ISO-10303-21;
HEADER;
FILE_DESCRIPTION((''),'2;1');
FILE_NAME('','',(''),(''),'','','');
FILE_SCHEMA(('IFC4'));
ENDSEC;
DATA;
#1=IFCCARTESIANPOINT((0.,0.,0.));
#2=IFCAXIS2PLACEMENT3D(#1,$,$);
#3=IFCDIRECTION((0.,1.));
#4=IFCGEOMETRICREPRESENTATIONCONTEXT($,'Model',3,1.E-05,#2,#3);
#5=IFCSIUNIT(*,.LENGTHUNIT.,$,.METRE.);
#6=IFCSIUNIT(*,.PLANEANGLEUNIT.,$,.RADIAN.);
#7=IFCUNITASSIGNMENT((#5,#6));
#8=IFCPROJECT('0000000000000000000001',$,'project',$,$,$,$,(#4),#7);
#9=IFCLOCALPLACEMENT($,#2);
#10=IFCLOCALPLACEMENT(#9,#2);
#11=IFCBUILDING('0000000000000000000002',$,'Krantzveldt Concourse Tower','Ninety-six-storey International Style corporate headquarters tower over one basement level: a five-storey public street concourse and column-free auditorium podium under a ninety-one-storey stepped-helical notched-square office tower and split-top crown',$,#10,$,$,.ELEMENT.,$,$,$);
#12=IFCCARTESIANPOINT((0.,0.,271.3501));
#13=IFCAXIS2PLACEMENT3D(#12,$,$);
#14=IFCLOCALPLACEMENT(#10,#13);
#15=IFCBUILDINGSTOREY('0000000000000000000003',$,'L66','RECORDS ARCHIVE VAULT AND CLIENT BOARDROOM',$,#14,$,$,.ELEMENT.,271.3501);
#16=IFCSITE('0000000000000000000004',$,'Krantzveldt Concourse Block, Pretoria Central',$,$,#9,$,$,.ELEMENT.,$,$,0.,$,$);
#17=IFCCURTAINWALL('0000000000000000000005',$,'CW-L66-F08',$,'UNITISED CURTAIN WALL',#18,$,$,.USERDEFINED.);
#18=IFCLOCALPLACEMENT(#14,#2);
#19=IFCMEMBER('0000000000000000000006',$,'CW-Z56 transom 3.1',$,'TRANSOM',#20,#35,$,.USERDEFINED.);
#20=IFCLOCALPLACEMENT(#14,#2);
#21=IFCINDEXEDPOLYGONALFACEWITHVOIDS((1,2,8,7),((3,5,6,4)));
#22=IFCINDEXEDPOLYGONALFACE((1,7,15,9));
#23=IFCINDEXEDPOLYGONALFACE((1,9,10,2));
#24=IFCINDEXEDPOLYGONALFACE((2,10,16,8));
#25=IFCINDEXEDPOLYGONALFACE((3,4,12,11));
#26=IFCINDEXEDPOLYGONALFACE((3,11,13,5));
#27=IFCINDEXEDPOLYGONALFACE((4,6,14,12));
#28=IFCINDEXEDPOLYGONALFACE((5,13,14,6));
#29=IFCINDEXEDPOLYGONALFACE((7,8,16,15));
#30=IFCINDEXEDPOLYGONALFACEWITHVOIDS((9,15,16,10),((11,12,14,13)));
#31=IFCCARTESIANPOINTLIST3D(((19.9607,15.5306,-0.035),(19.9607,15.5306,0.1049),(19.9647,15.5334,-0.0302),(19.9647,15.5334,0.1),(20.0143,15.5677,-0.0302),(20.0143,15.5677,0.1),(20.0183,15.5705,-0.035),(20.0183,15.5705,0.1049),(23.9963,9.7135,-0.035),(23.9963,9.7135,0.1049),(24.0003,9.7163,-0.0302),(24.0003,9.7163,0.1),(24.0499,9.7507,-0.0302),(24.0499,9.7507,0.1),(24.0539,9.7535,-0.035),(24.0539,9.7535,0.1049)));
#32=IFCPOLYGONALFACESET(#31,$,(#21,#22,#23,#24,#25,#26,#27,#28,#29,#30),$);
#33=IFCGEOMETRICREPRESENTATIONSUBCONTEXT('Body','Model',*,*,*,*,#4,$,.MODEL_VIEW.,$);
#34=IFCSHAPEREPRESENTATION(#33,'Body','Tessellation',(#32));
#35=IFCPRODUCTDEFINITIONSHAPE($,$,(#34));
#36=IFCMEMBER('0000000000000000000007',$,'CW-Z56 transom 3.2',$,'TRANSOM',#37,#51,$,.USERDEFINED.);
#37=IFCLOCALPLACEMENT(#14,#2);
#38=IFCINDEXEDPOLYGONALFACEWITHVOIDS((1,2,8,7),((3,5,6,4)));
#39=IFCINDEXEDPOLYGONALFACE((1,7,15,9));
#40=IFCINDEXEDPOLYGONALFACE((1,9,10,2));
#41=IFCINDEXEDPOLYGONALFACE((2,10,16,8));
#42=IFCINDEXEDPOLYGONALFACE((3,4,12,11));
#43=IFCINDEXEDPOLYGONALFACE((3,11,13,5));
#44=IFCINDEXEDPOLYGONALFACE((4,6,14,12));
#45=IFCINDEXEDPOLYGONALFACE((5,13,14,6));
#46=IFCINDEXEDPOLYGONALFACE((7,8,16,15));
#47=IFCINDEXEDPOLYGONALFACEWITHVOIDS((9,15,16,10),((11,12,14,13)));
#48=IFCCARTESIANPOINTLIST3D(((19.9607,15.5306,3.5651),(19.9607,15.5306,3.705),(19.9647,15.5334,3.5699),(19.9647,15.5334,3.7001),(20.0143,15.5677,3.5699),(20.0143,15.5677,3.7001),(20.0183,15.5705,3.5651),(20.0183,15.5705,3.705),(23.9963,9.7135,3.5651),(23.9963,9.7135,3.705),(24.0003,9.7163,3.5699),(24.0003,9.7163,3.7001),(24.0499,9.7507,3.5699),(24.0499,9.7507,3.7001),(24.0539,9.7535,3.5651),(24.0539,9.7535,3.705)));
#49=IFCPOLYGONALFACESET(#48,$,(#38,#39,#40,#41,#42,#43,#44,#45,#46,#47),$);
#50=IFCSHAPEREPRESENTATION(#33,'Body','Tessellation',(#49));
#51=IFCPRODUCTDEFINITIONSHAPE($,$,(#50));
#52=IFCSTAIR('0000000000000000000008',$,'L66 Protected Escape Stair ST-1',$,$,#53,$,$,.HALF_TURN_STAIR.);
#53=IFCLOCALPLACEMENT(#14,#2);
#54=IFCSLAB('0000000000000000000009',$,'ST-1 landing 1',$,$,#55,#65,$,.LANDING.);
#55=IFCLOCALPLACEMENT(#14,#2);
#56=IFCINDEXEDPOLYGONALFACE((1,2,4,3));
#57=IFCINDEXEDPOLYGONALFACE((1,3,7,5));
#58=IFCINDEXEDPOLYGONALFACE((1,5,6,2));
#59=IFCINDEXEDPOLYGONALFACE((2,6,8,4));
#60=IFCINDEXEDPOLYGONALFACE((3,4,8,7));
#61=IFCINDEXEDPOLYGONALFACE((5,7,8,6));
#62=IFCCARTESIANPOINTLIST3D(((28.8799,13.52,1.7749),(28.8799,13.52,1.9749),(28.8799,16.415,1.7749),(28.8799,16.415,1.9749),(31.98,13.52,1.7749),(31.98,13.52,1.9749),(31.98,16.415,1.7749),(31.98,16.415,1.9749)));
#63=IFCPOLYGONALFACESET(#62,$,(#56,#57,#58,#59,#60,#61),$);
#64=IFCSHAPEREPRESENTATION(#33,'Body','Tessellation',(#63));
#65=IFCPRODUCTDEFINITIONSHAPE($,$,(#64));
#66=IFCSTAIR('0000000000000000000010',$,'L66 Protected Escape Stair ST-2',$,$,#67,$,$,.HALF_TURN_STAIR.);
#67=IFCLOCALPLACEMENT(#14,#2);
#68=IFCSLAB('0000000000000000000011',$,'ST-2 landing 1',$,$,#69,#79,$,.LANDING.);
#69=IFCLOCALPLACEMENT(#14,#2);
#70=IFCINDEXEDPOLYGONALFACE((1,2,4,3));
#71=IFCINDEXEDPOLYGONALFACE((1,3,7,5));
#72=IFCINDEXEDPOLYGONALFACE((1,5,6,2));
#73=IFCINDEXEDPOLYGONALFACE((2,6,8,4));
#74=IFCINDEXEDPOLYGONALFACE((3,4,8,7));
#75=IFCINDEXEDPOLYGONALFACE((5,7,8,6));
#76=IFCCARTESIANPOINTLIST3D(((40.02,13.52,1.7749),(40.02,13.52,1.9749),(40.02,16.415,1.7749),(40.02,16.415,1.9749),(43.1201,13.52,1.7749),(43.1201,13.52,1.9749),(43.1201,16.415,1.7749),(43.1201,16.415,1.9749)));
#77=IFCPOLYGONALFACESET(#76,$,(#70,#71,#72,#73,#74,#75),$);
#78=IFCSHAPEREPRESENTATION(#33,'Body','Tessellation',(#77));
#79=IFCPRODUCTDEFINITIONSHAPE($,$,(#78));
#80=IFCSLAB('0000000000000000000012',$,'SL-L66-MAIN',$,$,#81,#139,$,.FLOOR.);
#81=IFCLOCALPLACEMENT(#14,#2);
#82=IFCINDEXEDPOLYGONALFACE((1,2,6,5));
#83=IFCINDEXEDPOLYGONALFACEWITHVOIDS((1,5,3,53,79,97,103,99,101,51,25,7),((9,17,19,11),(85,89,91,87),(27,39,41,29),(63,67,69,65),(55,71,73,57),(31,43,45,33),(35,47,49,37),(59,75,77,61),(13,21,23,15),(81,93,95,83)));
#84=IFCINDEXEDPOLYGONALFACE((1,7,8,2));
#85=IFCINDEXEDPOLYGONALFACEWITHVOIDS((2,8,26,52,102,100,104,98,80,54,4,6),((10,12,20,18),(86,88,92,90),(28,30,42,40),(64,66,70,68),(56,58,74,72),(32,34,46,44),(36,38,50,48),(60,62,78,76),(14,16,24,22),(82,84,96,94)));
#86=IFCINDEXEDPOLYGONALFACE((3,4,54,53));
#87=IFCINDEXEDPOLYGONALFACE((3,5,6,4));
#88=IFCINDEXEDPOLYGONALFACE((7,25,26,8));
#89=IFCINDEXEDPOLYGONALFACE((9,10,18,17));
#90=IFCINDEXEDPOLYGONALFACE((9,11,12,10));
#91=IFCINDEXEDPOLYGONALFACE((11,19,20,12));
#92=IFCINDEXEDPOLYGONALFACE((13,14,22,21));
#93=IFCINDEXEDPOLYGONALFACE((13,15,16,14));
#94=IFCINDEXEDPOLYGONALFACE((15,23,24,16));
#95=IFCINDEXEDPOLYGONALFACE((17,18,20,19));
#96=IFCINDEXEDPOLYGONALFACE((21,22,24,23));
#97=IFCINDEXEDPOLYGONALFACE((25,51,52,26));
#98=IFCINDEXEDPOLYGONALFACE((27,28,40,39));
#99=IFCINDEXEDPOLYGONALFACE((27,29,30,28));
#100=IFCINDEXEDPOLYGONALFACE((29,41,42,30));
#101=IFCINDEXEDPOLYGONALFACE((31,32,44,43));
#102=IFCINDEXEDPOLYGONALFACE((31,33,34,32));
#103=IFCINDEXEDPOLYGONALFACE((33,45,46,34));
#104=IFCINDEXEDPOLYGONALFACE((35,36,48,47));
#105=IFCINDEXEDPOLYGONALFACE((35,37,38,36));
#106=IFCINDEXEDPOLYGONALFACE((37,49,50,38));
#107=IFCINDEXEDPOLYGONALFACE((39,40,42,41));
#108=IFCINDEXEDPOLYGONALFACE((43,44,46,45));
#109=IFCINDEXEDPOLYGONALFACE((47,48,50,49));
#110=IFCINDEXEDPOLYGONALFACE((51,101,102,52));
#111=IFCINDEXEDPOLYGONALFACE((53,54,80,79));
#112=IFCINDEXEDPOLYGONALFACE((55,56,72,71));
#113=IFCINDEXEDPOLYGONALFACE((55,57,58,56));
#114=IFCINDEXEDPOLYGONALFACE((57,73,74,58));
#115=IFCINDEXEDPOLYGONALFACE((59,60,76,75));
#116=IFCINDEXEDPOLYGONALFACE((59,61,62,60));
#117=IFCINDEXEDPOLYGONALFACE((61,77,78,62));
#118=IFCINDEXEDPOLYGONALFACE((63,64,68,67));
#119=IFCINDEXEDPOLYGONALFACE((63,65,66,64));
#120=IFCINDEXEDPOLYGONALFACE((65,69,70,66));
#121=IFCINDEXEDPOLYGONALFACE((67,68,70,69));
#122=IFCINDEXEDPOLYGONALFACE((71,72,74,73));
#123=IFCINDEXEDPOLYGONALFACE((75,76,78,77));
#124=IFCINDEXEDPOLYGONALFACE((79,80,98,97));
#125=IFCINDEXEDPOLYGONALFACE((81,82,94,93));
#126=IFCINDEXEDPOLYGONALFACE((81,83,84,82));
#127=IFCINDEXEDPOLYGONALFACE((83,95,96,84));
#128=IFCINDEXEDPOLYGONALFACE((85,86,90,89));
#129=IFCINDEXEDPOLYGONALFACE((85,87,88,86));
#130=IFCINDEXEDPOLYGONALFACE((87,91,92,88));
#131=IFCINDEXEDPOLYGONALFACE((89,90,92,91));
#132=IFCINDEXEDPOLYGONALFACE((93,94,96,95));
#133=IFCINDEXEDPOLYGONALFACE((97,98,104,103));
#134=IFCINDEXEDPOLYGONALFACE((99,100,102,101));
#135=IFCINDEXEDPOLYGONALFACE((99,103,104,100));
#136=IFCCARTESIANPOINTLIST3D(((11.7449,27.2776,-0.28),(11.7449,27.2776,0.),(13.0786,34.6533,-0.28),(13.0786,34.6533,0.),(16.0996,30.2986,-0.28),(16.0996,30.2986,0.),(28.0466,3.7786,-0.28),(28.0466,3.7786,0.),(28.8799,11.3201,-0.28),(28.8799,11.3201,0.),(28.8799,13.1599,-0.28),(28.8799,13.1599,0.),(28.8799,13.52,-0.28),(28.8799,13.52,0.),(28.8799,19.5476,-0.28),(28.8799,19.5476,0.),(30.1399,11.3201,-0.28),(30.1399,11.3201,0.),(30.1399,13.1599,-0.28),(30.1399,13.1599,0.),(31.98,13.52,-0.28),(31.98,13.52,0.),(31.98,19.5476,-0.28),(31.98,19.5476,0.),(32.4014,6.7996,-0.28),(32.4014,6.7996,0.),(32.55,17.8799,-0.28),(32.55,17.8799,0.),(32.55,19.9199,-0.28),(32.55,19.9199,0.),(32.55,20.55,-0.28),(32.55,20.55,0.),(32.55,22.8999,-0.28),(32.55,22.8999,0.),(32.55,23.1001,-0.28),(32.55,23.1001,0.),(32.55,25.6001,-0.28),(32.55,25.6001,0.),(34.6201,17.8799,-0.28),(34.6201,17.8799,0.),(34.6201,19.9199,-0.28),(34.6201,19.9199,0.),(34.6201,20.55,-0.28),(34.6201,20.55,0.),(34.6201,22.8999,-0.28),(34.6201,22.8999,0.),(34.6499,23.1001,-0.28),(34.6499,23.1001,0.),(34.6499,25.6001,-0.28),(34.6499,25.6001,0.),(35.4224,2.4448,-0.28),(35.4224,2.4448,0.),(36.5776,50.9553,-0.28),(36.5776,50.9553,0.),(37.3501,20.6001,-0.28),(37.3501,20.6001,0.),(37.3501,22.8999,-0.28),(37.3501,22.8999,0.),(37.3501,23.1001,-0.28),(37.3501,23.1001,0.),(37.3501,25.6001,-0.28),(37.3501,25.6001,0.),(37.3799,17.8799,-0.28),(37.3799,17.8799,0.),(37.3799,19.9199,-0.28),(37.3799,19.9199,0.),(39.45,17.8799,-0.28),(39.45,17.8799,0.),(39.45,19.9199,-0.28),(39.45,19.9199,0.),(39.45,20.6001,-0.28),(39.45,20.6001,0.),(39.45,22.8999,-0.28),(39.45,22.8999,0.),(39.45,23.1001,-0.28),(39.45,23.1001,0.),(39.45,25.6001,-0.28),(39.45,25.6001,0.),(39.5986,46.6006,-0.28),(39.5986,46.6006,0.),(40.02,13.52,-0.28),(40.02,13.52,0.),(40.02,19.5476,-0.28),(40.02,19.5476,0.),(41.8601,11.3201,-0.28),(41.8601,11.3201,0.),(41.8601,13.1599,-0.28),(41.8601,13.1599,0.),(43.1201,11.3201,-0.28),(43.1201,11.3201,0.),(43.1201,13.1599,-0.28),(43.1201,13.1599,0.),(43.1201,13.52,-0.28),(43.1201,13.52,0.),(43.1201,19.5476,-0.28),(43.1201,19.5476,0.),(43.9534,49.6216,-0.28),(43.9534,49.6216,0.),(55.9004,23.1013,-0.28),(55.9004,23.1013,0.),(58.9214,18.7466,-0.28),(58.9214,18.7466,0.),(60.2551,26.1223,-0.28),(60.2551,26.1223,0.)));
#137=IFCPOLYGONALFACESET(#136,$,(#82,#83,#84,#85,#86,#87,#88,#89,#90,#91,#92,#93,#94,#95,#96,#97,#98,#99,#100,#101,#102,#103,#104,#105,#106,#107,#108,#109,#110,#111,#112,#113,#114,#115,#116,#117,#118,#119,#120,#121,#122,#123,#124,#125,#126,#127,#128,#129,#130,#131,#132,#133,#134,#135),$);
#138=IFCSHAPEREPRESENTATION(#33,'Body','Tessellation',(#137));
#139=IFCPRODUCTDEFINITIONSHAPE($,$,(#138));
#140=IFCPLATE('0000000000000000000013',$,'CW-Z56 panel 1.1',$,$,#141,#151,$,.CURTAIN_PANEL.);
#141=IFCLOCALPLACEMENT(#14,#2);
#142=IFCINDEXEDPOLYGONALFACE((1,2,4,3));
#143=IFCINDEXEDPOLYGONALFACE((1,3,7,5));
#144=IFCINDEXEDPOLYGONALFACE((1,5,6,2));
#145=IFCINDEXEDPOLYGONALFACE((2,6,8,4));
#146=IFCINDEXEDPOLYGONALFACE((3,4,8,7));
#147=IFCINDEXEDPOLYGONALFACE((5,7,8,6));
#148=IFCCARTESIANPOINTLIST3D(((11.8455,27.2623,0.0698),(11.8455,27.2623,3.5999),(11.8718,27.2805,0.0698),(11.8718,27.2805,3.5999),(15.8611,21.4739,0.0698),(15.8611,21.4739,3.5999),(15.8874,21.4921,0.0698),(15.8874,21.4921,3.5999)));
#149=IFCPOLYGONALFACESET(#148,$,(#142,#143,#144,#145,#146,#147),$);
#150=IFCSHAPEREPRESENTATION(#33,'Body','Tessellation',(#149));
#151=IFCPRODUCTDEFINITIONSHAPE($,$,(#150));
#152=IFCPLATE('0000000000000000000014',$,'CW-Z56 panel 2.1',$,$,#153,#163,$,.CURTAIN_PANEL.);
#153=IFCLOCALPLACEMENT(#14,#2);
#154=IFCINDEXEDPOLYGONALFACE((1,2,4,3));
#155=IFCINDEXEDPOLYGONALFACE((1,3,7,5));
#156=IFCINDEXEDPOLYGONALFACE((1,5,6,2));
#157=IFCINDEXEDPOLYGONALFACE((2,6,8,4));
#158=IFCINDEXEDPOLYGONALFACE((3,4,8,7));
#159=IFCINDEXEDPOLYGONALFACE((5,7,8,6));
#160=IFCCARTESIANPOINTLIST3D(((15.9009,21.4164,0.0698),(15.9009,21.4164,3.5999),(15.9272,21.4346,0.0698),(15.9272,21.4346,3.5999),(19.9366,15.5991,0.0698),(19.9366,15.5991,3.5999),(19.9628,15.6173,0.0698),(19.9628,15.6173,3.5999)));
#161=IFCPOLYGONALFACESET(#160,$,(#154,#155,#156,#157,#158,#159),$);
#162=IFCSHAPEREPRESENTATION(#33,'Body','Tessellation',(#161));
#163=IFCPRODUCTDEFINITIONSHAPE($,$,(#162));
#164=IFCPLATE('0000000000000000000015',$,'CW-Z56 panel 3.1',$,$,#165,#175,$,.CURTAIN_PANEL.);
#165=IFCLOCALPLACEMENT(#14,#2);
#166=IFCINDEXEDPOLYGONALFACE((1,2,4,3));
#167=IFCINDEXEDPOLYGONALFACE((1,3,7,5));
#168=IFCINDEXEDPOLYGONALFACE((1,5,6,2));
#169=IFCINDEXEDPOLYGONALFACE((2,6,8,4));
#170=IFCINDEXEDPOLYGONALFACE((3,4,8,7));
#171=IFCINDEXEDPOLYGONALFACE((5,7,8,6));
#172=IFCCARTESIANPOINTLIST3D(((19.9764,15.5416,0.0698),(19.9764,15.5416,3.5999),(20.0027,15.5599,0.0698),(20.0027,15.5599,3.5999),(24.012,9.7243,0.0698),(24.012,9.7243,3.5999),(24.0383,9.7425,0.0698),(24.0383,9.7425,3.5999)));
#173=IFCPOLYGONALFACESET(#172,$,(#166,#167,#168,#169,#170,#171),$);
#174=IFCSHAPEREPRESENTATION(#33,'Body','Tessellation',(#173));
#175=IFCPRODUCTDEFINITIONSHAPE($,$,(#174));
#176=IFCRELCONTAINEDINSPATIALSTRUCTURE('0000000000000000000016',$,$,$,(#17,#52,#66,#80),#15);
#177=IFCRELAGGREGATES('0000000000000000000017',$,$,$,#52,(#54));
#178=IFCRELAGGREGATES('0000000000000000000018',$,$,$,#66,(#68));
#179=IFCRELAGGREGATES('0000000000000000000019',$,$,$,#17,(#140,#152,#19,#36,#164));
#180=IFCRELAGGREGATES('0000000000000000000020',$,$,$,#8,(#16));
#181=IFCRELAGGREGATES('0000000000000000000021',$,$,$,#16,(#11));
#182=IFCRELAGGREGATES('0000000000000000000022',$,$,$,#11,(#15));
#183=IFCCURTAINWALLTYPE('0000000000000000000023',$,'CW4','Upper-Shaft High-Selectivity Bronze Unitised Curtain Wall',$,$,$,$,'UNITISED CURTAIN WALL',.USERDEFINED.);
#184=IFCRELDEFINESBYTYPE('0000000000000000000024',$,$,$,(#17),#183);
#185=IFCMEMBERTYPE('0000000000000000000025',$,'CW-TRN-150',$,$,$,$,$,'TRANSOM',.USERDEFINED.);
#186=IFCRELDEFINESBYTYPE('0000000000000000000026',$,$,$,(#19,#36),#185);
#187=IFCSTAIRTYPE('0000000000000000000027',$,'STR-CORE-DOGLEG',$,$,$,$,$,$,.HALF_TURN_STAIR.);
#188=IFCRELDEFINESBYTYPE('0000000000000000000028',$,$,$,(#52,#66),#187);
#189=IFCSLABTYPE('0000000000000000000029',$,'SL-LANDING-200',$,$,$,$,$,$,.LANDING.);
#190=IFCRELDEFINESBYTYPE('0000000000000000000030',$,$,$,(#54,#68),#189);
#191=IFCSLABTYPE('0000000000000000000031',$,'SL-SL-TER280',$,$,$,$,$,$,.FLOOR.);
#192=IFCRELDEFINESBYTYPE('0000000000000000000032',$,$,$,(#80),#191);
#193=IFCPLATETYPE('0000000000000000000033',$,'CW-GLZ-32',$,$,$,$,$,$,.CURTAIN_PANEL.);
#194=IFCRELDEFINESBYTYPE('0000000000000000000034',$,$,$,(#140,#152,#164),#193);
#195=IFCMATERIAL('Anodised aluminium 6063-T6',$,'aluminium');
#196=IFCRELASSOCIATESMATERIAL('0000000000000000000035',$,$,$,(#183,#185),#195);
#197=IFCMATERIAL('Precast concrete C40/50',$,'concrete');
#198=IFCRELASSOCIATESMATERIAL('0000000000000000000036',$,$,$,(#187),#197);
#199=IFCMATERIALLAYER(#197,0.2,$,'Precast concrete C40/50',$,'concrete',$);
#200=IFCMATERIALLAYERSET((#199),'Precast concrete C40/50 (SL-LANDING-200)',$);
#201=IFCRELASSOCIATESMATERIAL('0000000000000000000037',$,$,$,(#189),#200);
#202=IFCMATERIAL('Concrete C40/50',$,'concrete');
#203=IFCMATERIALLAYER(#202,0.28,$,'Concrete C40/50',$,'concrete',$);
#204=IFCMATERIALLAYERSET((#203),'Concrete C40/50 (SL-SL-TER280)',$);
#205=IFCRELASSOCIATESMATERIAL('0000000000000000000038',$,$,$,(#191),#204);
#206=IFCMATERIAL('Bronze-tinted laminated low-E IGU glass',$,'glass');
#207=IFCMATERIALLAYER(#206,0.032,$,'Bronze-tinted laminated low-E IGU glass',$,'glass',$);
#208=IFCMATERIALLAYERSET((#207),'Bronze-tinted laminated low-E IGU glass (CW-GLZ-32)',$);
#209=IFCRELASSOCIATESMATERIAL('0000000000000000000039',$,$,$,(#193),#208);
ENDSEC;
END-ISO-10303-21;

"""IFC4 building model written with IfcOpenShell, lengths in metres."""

from ifc_helpers import new_model, si_unit, direction, frame, origin, origin_2d, place, context, subcontext, project, spatial, polyline, rectangle, hollow_rectangle, outline, extrude, source, transform, mapped, material, layer, layer_set, material_profile, profile_set, type_object, type_shapes, element, aggregate, save


model = new_model("IFC4")

# Units and contexts
model_context = context("Model", 3, precision=1e-05, world=origin(), true_north=direction((0.0, 1.0)))
body_context = subcontext(model_context, "Body", "Model", "MODEL_VIEW")
ifc_project = project(units=[si_unit("LENGTHUNIT", "METRE"), si_unit("PLANEANGLEUNIT", "RADIAN")], contexts=[model_context])

# Site, building, storey
site_placement = place(None, origin())
site = spatial("IfcSite", under=ifc_project, at=site_placement, Name="Krantzveldt Concourse Block, Pretoria Central", CompositionType="ELEMENT", RefElevation=0.0)
building_placement = place(site_placement, origin())
building = spatial("IfcBuilding", under=site, at=building_placement, Name="Krantzveldt Concourse Tower", Description="Ninety-six-storey International Style corporate headquarters tower over one basement level: a five-storey public street concourse and column-free auditorium podium under a ninety-one-storey stepped-helical notched-square office tower and split-top crown", CompositionType="ELEMENT")
storey_placement = place(building_placement, frame((0.0, 0.0, 271.3501)))
storey = spatial("IfcBuildingStorey", under=building, at=storey_placement, Name="L66", Description="RECORDS ARCHIVE VAULT AND CLIENT BOARDROOM", CompositionType="ELEMENT", Elevation=271.3501)

# Curtain wall, members
ifc_material_1 = material(Name="Anodised aluminium 6063-T6", Category="aluminium")
curtain_wall_type = type_object("IfcCurtainWallType", Name="CW4", Description="Upper-Shaft High-Selectivity Bronze Unitised Curtain Wall", ElementType="UNITISED CURTAIN WALL", PredefinedType="USERDEFINED", material=ifc_material_1)
curtain_wall_placement = place(storey_placement, origin())
curtain_wall = element("IfcCurtainWall", 1, at=curtain_wall_placement, inside=storey, type_object=curtain_wall_type, Name="CW-L66-F08", ObjectType="UNITISED CURTAIN WALL", PredefinedType="USERDEFINED")
ifc_material_profile_1 = material_profile(ifc_material_1, hollow_rectangle(XDim=0.0701, YDim=0.1399, WallThickness=0.0049, at=origin_2d()), Name="Anodised aluminium 6063-T6", Category="aluminium")
ifc_profile_set_1 = profile_set([ifc_material_profile_1], Name="Anodised aluminium 6063-T6 - ALU-TRAN 140x70x5")
member_type_1 = type_object("IfcMemberType", Name="CW-TRN-150", ElementType="TRANSOM", PredefinedType="USERDEFINED", material=ifc_profile_set_1)
shared_shape_1 = source(origin(), body_context, "Body", "SweptSolid", [
    extrude(hollow_rectangle(XDim=0.0701, YDim=0.1399, WallThickness=0.0049, at=origin_2d()), origin(), (0.0, 0.0, 1.0), 7.0798),
])
member_1_placement = place(storey_placement, frame((19.9895, 15.5505, 0.0349), z_axis=(0.570011, -0.821637, 0.0), x_axis=(0.821637, 0.570011, 0.0)))
member_1 = element("IfcMember", 2, at=member_1_placement, type_object=member_type_1, Name="CW-Z56 transom 3.1", ObjectType="TRANSOM", PredefinedType="USERDEFINED", context=body_context, shape_type="MappedRepresentation", body=[
    mapped(shared_shape_1, transform((0.0, 0.0, 0.0), x_axis=(1.0, 0.0, 0.0), y_axis=(0.0, 1.0, 0.0), z_axis=(0.0, 0.0, 1.0), scale=1.0)),
])
member_2_placement = place(storey_placement, frame((19.9895, 15.5505, 3.635), z_axis=(0.570011, -0.821637, 0.0), x_axis=(0.821637, 0.570011, 0.0)))
member_2 = element("IfcMember", 3, at=member_2_placement, type_object=member_type_1, Name="CW-Z56 transom 3.2", ObjectType="TRANSOM", PredefinedType="USERDEFINED", context=body_context, shape_type="MappedRepresentation", body=[
    mapped(shared_shape_1, transform((0.0, 0.0, 0.0), x_axis=(1.0, 0.0, 0.0), y_axis=(0.0, 1.0, 0.0), z_axis=(0.0, 0.0, 1.0), scale=1.0)),
])

# Stairs, slabs
ifc_material_2 = material(Name="Precast concrete C40/50", Category="concrete")
stair_type = type_object("IfcStairType", Name="STR-CORE-DOGLEG", PredefinedType="HALF_TURN_STAIR", material=ifc_material_2)
stair_1_placement = place(storey_placement, origin())
stair_1 = element("IfcStair", 4, at=stair_1_placement, inside=storey, type_object=stair_type, Name="L66 Protected Escape Stair ST-1", PredefinedType="HALF_TURN_STAIR")
ifc_layer_1 = layer(ifc_material_2, 0.2, Name="Precast concrete C40/50", Category="concrete")
ifc_layer_set_1 = layer_set([ifc_layer_1], Name="Precast concrete C40/50 (SL-LANDING-200)")
slab_type_1 = type_object("IfcSlabType", Name="SL-LANDING-200", PredefinedType="LANDING", material=ifc_layer_set_1)
slab_1_placement = place(storey_placement, frame((0.0, 0.0, 1.7749)))
slab_1 = element("IfcSlab", 5, at=slab_1_placement, type_object=slab_type_1, Name="ST-1 landing 1", PredefinedType="LANDING", context=body_context, shape_type="SweptSolid", body=[
    extrude(outline(polyline([(28.8799, 16.415), (28.8799, 13.52), (31.98, 13.52), (31.98, 16.415), (28.8799, 16.415)])), origin(), (0.0, 0.0, 1.0), 0.2),
])
aggregate(stair_1, [slab_1])
stair_2_placement = place(storey_placement, origin())
stair_2 = element("IfcStair", 6, at=stair_2_placement, inside=storey, type_object=stair_type, Name="L66 Protected Escape Stair ST-2", PredefinedType="HALF_TURN_STAIR")
slab_2_placement = place(storey_placement, frame((0.0, 0.0, 1.7749)))
slab_2 = element("IfcSlab", 7, at=slab_2_placement, type_object=slab_type_1, Name="ST-2 landing 1", PredefinedType="LANDING", context=body_context, shape_type="SweptSolid", body=[
    extrude(outline(polyline([(40.02, 16.415), (40.02, 13.52), (43.1201, 13.52), (43.1201, 16.415), (40.02, 16.415)])), origin(), (0.0, 0.0, 1.0), 0.2),
])
aggregate(stair_2, [slab_2])

# Slab
ifc_material_3 = material(Name="Concrete C40/50", Category="concrete")
ifc_layer_2 = layer(ifc_material_3, 0.28, Name="Concrete C40/50", Category="concrete")
ifc_layer_set_2 = layer_set([ifc_layer_2], Name="Concrete C40/50 (SL-SL-TER280)")
slab_type_2 = type_object("IfcSlabType", Name="SL-SL-TER280", PredefinedType="FLOOR", material=ifc_layer_set_2)
slab_3_placement = place(storey_placement, frame((0.0, 0.0, -0.28)))
element("IfcSlab", 8, at=slab_3_placement, inside=storey, type_object=slab_type_2, Name="SL-L66-MAIN", PredefinedType="FLOOR", context=body_context, shape_type="SweptSolid", body=[
    extrude(outline(polyline([(39.5986, 46.6006), (36.5776, 50.9553), (13.0786, 34.6533), (16.0996, 30.2986), (11.7449, 27.2776), (28.0466, 3.7786), (32.4014, 6.7996), (35.4224, 2.4448), (58.9214, 18.7466), (55.9004, 23.1013), (60.2551, 26.1223), (43.9534, 49.6216), (39.5986, 46.6006)]), holes=[polyline([(28.8799, 19.5476), (28.8799, 13.52), (31.98, 13.52), (31.98, 19.5476), (28.8799, 19.5476)]), polyline([(40.02, 19.5476), (40.02, 13.52), (43.1201, 13.52), (43.1201, 19.5476), (40.02, 19.5476)]), polyline([(32.55, 23.1001), (34.6499, 23.1001), (34.6499, 25.6001), (32.55, 25.6001), (32.55, 23.1001)]), polyline([(37.3501, 23.1001), (39.45, 23.1001), (39.45, 25.6001), (37.3501, 25.6001), (37.3501, 23.1001)]), polyline([(37.3501, 20.6001), (39.45, 20.6001), (39.45, 22.8999), (37.3501, 22.8999), (37.3501, 20.6001)]), polyline([(32.55, 20.55), (34.6201, 20.55), (34.6201, 22.8999), (32.55, 22.8999), (32.55, 20.55)]), polyline([(32.55, 17.8799), (34.6201, 17.8799), (34.6201, 19.9199), (32.55, 19.9199), (32.55, 17.8799)]), polyline([(37.3799, 17.8799), (39.45, 17.8799), (39.45, 19.9199), (37.3799, 19.9199), (37.3799, 17.8799)]), polyline([(28.8799, 11.3201), (30.1399, 11.3201), (30.1399, 13.1599), (28.8799, 13.1599), (28.8799, 11.3201)]), polyline([(41.8601, 11.3201), (43.1201, 11.3201), (43.1201, 13.1599), (41.8601, 13.1599), (41.8601, 11.3201)])]), origin(), (0.0, 0.0, 1.0), 0.28),
])

# Plates
ifc_material_4 = material(Name="Bronze-tinted laminated low-E IGU glass", Category="glass")
ifc_layer_3 = layer(ifc_material_4, 0.032, Name="Bronze-tinted laminated low-E IGU glass", Category="glass")
ifc_layer_set_3 = layer_set([ifc_layer_3], Name="Bronze-tinted laminated low-E IGU glass (CW-GLZ-32)")
plate_type = type_object("IfcPlateType", Name="CW-GLZ-32", PredefinedType="CURTAIN_PANEL", material=ifc_layer_set_3)
shared_shape_2 = source(origin(), body_context, "Body", "SweptSolid", [
    extrude(rectangle(XDim=7.0449, YDim=0.032, at=origin_2d()), origin(), (0.0, 0.0, 1.0), 3.53),
])
plate_1_placement = place(storey_placement, frame((13.8665, 24.3772, 0.0698), z_axis=(0.0, 0.0, 1.0), x_axis=(0.569997, -0.821647, 0.0)))
plate_1 = element("IfcPlate", 9, at=plate_1_placement, type_object=plate_type, Name="CW-Z56 panel 1.1", PredefinedType="CURTAIN_PANEL", context=body_context, shape_type="MappedRepresentation", body=[
    mapped(shared_shape_2, transform((0.0, 0.0, 0.0), x_axis=(1.0, 0.0, 0.0), y_axis=(0.0, 1.0, 0.0), z_axis=(0.0, 0.0, 1.0), scale=1.0)),
])
shared_shape_3 = source(origin(), body_context, "Body", "SweptSolid", [
    extrude(rectangle(XDim=7.0801, YDim=0.032, at=origin_2d()), origin(), (0.0, 0.0, 1.0), 3.53),
])
type_shapes(plate_type, [shared_shape_2, shared_shape_3])
plate_2_placement = place(storey_placement, frame((17.9319, 18.5168, 0.0698), z_axis=(0.0, 0.0, 1.0), x_axis=(0.569997, -0.821647, 0.0)))
plate_2 = element("IfcPlate", 10, at=plate_2_placement, type_object=plate_type, Name="CW-Z56 panel 2.1", PredefinedType="CURTAIN_PANEL", context=body_context, shape_type="MappedRepresentation", body=[
    mapped(shared_shape_3, transform((0.0, 0.0, 0.0), x_axis=(1.0, 0.0, 0.0), y_axis=(0.0, 1.0, 0.0), z_axis=(0.0, 0.0, 1.0), scale=1.0)),
])
plate_3_placement = place(storey_placement, frame((22.0073, 12.6421, 0.0698), z_axis=(0.0, 0.0, 1.0), x_axis=(0.569997, -0.821647, 0.0)))
plate_3 = element("IfcPlate", 11, at=plate_3_placement, type_object=plate_type, Name="CW-Z56 panel 3.1", PredefinedType="CURTAIN_PANEL", context=body_context, shape_type="MappedRepresentation", body=[
    mapped(shared_shape_3, transform((0.0, 0.0, 0.0), x_axis=(1.0, 0.0, 0.0), y_axis=(0.0, 1.0, 0.0), z_axis=(0.0, 0.0, 1.0), scale=1.0)),
])
aggregate(curtain_wall, [plate_1, plate_2, member_1, member_2, plate_3])

save(model, "model.ifc")
